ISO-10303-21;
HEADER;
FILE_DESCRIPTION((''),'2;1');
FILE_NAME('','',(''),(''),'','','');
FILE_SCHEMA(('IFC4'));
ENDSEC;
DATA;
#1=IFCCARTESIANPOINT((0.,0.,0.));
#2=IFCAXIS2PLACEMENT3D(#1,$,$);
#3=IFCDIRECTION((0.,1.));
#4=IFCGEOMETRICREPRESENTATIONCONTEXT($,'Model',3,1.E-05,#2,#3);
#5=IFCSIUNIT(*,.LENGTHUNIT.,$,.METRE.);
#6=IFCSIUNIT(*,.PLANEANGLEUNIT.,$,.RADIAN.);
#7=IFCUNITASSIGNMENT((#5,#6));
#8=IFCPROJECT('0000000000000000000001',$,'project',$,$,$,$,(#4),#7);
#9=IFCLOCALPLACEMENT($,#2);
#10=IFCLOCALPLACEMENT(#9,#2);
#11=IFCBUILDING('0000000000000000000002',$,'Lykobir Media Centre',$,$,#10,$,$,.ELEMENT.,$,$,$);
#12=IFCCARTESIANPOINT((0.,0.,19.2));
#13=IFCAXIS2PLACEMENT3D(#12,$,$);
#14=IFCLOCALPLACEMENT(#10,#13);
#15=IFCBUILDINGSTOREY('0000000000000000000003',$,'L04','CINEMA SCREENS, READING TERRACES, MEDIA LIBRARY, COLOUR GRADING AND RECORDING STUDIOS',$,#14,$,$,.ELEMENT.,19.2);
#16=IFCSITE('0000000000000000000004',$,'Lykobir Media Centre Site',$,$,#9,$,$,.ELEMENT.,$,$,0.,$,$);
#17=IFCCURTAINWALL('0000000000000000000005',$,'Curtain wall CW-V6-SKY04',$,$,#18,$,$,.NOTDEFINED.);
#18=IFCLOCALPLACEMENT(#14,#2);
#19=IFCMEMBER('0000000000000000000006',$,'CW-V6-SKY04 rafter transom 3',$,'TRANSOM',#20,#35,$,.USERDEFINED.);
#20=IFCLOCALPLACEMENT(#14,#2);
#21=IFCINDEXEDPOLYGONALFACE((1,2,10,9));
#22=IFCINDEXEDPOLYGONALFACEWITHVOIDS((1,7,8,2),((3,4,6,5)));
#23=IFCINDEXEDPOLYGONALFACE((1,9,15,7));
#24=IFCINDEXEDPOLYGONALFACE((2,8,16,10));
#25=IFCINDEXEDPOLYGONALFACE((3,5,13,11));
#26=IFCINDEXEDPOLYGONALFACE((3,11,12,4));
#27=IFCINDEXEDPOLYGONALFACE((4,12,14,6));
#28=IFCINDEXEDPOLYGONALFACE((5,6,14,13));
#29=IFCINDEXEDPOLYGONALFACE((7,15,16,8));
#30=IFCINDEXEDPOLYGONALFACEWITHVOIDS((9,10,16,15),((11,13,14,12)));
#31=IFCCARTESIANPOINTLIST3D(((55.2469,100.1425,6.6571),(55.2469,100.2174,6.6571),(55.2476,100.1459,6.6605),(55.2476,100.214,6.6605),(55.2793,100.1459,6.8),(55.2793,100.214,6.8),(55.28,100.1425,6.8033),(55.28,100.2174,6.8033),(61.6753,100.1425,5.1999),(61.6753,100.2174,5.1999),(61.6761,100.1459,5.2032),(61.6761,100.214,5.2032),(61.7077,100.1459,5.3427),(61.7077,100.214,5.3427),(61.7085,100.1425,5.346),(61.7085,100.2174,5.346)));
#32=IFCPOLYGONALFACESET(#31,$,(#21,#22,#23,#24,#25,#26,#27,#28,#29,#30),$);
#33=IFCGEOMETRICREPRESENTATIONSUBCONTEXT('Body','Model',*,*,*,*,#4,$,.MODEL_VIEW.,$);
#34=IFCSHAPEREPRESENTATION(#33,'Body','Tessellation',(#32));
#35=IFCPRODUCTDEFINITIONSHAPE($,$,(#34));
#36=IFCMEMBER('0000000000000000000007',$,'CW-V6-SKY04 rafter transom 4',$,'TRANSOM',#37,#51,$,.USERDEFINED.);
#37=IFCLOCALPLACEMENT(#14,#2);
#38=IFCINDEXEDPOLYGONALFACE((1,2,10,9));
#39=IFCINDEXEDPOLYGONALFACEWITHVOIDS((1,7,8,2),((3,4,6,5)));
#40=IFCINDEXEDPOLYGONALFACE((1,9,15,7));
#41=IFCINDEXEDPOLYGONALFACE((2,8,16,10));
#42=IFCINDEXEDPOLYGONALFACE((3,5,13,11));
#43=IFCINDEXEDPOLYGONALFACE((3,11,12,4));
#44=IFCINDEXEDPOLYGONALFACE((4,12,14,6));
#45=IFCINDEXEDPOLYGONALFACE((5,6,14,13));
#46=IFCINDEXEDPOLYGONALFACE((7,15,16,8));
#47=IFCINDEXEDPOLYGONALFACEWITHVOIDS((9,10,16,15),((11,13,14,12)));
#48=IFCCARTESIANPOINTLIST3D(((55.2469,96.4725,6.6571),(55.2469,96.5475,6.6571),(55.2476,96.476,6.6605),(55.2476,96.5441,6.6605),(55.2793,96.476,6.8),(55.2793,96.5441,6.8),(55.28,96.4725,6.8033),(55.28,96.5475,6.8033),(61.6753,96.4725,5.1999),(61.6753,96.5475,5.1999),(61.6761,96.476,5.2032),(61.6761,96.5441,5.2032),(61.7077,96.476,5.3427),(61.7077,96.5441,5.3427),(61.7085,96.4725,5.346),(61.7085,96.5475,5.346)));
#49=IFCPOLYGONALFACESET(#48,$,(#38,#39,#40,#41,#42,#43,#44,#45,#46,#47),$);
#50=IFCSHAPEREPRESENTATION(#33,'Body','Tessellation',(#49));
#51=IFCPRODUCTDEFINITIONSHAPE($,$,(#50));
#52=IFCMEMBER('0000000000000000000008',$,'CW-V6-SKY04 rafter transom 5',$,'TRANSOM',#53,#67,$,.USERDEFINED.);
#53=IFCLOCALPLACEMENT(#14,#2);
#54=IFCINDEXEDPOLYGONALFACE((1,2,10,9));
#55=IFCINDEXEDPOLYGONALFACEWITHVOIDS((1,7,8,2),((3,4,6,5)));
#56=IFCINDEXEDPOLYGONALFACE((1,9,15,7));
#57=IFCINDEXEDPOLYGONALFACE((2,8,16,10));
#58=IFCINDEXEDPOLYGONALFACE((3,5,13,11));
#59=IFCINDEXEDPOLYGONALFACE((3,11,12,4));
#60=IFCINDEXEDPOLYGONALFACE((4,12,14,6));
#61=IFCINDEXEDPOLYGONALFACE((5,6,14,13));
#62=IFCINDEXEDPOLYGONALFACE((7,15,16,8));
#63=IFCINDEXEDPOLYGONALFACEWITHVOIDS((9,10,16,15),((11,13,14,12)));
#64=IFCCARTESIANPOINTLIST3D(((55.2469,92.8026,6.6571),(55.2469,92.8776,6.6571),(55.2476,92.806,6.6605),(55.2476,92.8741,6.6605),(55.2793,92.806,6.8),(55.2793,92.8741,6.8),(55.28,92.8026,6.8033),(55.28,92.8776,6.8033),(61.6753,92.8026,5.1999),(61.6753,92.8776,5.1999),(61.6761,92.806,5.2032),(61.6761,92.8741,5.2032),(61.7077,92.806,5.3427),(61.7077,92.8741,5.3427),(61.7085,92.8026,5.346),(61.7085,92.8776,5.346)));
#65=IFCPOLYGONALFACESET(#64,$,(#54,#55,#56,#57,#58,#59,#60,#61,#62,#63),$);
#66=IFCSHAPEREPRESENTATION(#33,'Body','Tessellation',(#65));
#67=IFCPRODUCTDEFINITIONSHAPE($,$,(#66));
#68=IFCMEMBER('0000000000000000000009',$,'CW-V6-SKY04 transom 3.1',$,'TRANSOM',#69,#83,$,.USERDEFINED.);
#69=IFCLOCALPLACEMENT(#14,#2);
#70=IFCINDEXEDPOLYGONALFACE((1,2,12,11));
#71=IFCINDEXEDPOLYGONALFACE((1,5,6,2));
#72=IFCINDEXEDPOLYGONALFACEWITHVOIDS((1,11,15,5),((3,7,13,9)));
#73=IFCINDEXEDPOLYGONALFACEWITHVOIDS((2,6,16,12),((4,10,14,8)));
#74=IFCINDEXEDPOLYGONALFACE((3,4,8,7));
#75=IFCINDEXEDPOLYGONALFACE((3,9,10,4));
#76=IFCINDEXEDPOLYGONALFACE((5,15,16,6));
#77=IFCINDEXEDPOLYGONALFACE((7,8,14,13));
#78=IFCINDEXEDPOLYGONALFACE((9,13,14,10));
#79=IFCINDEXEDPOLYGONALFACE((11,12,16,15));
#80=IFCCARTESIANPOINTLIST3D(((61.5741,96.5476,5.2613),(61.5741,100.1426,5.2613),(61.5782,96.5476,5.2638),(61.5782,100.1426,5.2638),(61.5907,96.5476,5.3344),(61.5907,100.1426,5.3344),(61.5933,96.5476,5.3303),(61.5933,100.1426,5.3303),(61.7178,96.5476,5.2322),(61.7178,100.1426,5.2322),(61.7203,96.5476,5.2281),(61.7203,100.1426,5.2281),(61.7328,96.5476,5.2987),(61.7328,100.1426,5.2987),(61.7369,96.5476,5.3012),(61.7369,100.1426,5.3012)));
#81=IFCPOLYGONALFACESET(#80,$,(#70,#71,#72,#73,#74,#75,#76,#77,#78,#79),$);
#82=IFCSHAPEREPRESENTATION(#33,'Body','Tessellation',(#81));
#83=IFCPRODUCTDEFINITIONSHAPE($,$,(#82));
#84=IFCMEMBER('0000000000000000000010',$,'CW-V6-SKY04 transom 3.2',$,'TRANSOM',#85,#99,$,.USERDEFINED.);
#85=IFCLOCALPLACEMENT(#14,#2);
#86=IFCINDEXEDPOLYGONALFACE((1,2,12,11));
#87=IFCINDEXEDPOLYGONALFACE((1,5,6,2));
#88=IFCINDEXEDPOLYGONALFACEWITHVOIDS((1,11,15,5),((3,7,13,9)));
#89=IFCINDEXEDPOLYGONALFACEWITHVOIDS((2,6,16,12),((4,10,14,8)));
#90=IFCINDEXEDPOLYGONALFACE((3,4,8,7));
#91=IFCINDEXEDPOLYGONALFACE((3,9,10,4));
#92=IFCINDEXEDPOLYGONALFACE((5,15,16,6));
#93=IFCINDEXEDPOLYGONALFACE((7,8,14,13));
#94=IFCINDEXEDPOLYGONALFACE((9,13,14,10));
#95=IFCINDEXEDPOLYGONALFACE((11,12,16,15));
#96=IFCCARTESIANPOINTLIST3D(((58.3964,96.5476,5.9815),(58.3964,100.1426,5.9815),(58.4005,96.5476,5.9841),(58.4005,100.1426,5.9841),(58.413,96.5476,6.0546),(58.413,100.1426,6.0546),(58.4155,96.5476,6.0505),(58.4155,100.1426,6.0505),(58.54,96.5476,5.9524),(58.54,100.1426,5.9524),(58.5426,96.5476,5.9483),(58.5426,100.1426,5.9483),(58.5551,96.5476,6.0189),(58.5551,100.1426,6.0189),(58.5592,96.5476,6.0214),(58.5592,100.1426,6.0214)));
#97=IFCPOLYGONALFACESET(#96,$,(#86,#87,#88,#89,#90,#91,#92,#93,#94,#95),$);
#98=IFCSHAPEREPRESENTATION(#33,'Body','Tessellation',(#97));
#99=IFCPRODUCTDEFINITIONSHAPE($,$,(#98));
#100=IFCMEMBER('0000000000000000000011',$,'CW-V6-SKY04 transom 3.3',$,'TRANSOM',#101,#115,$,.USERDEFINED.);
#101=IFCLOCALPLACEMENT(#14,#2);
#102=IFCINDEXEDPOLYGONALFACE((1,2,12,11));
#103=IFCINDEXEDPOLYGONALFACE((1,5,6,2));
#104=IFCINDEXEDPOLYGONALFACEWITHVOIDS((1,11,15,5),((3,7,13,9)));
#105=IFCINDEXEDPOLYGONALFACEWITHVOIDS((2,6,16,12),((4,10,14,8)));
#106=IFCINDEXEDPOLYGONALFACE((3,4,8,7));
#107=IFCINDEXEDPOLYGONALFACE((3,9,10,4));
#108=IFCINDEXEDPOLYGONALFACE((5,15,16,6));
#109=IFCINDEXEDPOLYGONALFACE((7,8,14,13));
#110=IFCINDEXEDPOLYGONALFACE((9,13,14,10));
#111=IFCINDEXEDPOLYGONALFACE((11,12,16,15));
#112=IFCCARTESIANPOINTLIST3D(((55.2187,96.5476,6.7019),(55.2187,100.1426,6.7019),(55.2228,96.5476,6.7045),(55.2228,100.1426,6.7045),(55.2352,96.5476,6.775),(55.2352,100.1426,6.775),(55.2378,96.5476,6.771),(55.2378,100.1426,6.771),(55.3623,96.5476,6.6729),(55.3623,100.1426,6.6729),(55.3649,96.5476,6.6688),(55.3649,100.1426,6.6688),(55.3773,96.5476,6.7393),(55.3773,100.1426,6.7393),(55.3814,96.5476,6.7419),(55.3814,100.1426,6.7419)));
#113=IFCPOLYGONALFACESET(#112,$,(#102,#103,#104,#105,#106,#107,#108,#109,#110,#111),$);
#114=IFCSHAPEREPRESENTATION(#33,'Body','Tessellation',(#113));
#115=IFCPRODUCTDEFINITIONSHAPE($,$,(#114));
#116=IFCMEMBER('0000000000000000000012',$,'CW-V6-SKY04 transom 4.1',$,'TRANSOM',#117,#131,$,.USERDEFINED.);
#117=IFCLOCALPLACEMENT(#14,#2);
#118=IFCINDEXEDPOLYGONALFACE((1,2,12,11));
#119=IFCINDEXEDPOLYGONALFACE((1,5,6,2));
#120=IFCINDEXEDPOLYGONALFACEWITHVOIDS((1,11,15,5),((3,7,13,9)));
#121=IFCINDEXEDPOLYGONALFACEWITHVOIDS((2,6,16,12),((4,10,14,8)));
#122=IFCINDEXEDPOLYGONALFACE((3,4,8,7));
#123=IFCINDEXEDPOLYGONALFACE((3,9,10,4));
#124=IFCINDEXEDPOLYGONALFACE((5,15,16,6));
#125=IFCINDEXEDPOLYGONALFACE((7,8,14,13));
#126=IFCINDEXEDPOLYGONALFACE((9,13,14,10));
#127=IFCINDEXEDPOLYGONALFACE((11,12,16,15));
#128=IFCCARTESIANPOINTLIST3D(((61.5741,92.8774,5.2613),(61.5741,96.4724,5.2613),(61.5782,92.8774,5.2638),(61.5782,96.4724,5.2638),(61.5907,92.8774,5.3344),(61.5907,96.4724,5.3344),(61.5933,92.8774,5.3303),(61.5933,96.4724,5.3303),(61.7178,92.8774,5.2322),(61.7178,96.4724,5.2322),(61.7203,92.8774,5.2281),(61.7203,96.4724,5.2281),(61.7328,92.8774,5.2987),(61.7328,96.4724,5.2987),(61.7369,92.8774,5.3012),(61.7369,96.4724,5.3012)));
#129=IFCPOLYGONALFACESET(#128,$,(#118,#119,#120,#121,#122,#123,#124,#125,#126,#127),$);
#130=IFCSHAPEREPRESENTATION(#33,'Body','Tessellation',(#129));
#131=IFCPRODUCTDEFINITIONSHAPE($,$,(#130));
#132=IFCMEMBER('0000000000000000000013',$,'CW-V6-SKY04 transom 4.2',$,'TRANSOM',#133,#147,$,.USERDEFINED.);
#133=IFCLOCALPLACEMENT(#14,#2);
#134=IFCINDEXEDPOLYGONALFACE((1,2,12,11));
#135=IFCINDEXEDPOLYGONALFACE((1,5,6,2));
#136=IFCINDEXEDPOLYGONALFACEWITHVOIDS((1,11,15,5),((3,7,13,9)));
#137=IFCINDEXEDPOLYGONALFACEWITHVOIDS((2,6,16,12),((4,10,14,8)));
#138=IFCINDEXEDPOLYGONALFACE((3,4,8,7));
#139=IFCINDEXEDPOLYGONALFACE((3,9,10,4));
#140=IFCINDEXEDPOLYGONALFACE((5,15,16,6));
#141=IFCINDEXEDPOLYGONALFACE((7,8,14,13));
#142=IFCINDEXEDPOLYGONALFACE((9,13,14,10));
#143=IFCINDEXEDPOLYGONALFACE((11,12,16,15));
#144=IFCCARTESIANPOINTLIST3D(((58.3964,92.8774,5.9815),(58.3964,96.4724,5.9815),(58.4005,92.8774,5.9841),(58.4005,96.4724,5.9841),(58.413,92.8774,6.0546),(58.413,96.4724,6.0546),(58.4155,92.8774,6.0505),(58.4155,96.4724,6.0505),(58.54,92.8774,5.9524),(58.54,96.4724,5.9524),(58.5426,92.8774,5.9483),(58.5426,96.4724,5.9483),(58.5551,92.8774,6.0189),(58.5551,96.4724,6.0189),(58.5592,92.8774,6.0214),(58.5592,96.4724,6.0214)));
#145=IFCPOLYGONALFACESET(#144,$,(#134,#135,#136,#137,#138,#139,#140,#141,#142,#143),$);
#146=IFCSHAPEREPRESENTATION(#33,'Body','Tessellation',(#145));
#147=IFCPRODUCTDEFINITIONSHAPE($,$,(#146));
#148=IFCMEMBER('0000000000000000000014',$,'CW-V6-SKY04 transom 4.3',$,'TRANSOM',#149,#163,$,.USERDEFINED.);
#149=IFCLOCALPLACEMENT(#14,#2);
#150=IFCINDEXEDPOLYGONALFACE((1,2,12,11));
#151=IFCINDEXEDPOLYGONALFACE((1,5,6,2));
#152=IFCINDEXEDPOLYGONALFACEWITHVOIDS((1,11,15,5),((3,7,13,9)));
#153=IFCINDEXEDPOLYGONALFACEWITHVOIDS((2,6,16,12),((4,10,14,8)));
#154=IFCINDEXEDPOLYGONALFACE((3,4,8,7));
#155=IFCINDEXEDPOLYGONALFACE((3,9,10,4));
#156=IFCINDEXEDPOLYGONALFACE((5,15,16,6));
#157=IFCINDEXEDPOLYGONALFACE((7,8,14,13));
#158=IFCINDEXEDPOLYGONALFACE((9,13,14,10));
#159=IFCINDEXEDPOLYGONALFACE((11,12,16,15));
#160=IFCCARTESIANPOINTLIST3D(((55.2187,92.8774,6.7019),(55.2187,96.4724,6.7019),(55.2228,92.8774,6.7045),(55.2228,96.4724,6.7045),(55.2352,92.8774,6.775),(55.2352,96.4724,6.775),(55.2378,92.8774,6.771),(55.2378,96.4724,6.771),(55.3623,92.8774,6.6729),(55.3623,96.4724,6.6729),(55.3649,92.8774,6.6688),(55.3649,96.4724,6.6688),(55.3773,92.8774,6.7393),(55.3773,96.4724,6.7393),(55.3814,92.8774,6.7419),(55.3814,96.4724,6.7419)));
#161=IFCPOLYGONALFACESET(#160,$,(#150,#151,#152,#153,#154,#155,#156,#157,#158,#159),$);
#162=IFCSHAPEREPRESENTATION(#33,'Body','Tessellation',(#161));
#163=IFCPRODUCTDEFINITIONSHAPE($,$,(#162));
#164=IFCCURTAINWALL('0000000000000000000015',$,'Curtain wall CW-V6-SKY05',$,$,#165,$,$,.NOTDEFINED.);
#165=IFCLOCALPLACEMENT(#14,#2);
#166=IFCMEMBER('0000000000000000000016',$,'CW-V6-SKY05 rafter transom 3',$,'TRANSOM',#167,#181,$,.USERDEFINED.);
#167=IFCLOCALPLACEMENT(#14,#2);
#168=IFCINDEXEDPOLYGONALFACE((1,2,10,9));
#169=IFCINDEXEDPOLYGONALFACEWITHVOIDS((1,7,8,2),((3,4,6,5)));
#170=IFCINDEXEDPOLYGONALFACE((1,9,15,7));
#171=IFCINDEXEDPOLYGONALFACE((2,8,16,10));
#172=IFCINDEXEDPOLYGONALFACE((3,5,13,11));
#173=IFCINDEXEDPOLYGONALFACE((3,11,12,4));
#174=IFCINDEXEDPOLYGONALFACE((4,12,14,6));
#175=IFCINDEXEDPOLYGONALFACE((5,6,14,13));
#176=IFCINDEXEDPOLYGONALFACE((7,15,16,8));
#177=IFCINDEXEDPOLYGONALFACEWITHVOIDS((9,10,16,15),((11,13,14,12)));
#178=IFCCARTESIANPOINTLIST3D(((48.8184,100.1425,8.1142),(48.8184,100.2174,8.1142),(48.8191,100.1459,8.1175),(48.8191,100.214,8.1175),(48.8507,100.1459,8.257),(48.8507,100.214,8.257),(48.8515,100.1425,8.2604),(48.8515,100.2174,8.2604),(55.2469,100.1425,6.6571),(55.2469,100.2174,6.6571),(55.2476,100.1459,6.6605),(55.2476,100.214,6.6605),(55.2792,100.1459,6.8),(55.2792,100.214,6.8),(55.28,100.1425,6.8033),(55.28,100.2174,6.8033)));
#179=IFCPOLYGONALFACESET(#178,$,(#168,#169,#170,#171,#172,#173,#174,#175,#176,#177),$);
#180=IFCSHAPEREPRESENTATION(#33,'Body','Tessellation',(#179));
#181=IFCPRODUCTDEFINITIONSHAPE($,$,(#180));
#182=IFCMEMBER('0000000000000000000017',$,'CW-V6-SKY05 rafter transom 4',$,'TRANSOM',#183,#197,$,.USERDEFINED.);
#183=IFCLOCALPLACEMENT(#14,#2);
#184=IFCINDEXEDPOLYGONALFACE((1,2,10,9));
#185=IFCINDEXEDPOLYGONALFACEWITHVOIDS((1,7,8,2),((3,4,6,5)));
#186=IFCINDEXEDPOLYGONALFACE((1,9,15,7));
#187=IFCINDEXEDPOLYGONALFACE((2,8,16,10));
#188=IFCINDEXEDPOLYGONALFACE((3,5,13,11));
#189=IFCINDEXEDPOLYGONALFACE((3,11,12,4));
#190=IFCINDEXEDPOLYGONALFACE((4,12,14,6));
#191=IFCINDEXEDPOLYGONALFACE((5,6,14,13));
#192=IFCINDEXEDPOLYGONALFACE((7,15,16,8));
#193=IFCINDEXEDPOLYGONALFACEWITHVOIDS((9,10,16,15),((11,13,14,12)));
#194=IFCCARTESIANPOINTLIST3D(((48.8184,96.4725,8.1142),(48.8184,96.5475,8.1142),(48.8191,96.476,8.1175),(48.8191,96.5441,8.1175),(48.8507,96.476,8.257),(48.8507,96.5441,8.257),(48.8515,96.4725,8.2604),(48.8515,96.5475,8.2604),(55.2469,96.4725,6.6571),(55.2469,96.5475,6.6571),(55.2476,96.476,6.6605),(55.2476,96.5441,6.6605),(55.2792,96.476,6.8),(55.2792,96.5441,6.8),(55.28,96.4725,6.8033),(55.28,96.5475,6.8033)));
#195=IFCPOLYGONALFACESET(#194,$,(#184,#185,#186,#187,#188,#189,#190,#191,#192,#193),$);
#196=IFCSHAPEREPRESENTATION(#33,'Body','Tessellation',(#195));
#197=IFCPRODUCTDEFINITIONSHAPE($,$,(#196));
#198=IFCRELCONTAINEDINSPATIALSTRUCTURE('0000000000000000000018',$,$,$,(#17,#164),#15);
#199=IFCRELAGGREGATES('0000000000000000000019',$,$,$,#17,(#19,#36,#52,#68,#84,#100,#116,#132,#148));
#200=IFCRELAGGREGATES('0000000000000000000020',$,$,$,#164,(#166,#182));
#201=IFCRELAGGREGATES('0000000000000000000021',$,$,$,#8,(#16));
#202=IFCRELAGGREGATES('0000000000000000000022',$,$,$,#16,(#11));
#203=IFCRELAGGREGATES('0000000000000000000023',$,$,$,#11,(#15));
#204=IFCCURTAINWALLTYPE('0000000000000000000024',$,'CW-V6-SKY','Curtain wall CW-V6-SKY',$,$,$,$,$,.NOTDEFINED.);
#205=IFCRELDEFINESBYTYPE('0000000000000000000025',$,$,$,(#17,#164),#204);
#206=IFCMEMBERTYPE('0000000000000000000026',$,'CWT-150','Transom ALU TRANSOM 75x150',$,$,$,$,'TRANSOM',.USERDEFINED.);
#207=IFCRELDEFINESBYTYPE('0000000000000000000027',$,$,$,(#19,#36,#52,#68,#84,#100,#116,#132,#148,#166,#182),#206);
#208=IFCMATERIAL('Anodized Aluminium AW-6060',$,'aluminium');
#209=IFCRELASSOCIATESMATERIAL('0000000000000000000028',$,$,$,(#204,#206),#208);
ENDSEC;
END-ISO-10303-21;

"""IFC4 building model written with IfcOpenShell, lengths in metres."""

from ifc_helpers import new_model, si_unit, direction, frame, origin, origin_2d, place, context, subcontext, project, spatial, hollow_rectangle, extrude, material, material_profile, profile_set, type_object, element, aggregate, save


model = new_model("IFC4")

# Units and contexts
model_context = context("Model", 3, precision=1e-05, world=origin(), true_north=direction((0.0, 1.0)))
body_context = subcontext(model_context, "Body", "Model", "MODEL_VIEW")
ifc_project = project(units=[si_unit("LENGTHUNIT", "METRE"), si_unit("PLANEANGLEUNIT", "RADIAN")], contexts=[model_context])

# Site, building, storey
site_placement = place(None, origin())
site = spatial("IfcSite", under=ifc_project, at=site_placement, Name="Lykobir Media Centre Site", CompositionType="ELEMENT", RefElevation=0.0)
building_placement = place(site_placement, origin())
building = spatial("IfcBuilding", under=site, at=building_placement, Name="Lykobir Media Centre", CompositionType="ELEMENT")
storey_placement = place(building_placement, frame((0.0, 0.0, 19.2)))
storey = spatial("IfcBuildingStorey", under=building, at=storey_placement, Name="L04", Description="CINEMA SCREENS, READING TERRACES, MEDIA LIBRARY, COLOUR GRADING AND RECORDING STUDIOS", CompositionType="ELEMENT", Elevation=19.2)

# Curtain walls, members
ifc_material_1 = material(Name="Anodized Aluminium AW-6060", Category="aluminium")
curtain_wall_type = type_object("IfcCurtainWallType", Name="CW-V6-SKY", Description="Curtain wall CW-V6-SKY", PredefinedType="NOTDEFINED", material=ifc_material_1)
ifc_material_profile_1 = material_profile(ifc_material_1, hollow_rectangle(XDim=0.075, YDim=0.1499, WallThickness=0.0034, at=origin_2d()), Name="ALU TRANSOM 75x150")
ifc_profile_set_1 = profile_set([ifc_material_profile_1], Name="Anodized Aluminium AW-6060")
member_type_1 = type_object("IfcMemberType", Name="CWT-150", Description="Transom ALU TRANSOM 75x150", ElementType="TRANSOM", PredefinedType="USERDEFINED", material=ifc_profile_set_1)
curtain_wall_1_placement = place(storey_placement, origin())
curtain_wall_1 = element("IfcCurtainWall", 1, at=curtain_wall_1_placement, inside=storey, type_object=curtain_wall_type, Name="Curtain wall CW-V6-SKY04", PredefinedType="NOTDEFINED")
member_1_placement = place(storey_placement, frame((61.6919, 100.1799, 5.2729), z_axis=(-0.975255, 0.0, 0.221082), x_axis=(0.0, -1.0, 0.0)))
member_1 = element("IfcMember", 2, at=member_1_placement, type_object=member_type_1, Name="CW-V6-SKY04 rafter transom 3", ObjectType="TRANSOM", PredefinedType="USERDEFINED", context=body_context, shape_type="SweptSolid", body=[
    extrude(hollow_rectangle(XDim=0.075, YDim=0.1499, WallThickness=0.0034, at=origin_2d()), origin(), (0.0, 0.0, 1.0), 6.5916),
])
member_2_placement = place(storey_placement, frame((61.6919, 96.51, 5.2729), z_axis=(-0.975255, 0.0, 0.221082), x_axis=(0.0, -1.0, 0.0)))
member_2 = element("IfcMember", 3, at=member_2_placement, type_object=member_type_1, Name="CW-V6-SKY04 rafter transom 4", ObjectType="TRANSOM", PredefinedType="USERDEFINED", context=body_context, shape_type="SweptSolid", body=[
    extrude(hollow_rectangle(XDim=0.075, YDim=0.1499, WallThickness=0.0034, at=origin_2d()), origin(), (0.0, 0.0, 1.0), 6.5916),
])
member_3_placement = place(storey_placement, frame((61.6919, 92.8401, 5.2729), z_axis=(-0.975255, 0.0, 0.221082), x_axis=(0.0, -1.0, 0.0)))
member_3 = element("IfcMember", 4, at=member_3_placement, type_object=member_type_1, Name="CW-V6-SKY04 rafter transom 5", ObjectType="TRANSOM", PredefinedType="USERDEFINED", context=body_context, shape_type="SweptSolid", body=[
    extrude(hollow_rectangle(XDim=0.075, YDim=0.1499, WallThickness=0.0034, at=origin_2d()), origin(), (0.0, 0.0, 1.0), 6.5916),
])
member_4_placement = place(storey_placement, frame((61.6555, 100.1426, 5.2812), z_axis=(0.0, -1.0, 0.0), x_axis=(0.221072, 0.0, 0.975258)))
member_4 = element("IfcMember", 5, at=member_4_placement, type_object=member_type_1, Name="CW-V6-SKY04 transom 3.1", ObjectType="TRANSOM", PredefinedType="USERDEFINED", context=body_context, shape_type="SweptSolid", body=[
    extrude(hollow_rectangle(XDim=0.075, YDim=0.1499, WallThickness=0.0034, at=origin_2d()), origin(), (0.0, 0.0, 1.0), 3.595),
])
member_5_placement = place(storey_placement, frame((58.4778, 100.1426, 6.0015), z_axis=(0.0, -1.0, 0.0), x_axis=(0.221072, 0.0, 0.975258)))
member_5 = element("IfcMember", 6, at=member_5_placement, type_object=member_type_1, Name="CW-V6-SKY04 transom 3.2", ObjectType="TRANSOM", PredefinedType="USERDEFINED", context=body_context, shape_type="SweptSolid", body=[
    extrude(hollow_rectangle(XDim=0.075, YDim=0.1499, WallThickness=0.0034, at=origin_2d()), origin(), (0.0, 0.0, 1.0), 3.595),
])
member_6_placement = place(storey_placement, frame((55.3, 100.1426, 6.7219), z_axis=(0.0, -1.0, 0.0), x_axis=(0.221072, 0.0, 0.975258)))
member_6 = element("IfcMember", 7, at=member_6_placement, type_object=member_type_1, Name="CW-V6-SKY04 transom 3.3", ObjectType="TRANSOM", PredefinedType="USERDEFINED", context=body_context, shape_type="SweptSolid", body=[
    extrude(hollow_rectangle(XDim=0.075, YDim=0.1499, WallThickness=0.0034, at=origin_2d()), origin(), (0.0, 0.0, 1.0), 3.595),
])
member_7_placement = place(storey_placement, frame((61.6555, 96.4724, 5.2812), z_axis=(0.0, -1.0, 0.0), x_axis=(0.221072, 0.0, 0.975258)))
member_7 = element("IfcMember", 8, at=member_7_placement, type_object=member_type_1, Name="CW-V6-SKY04 transom 4.1", ObjectType="TRANSOM", PredefinedType="USERDEFINED", context=body_context, shape_type="SweptSolid", body=[
    extrude(hollow_rectangle(XDim=0.075, YDim=0.1499, WallThickness=0.0034, at=origin_2d()), origin(), (0.0, 0.0, 1.0), 3.595),
])
member_8_placement = place(storey_placement, frame((58.4778, 96.4724, 6.0015), z_axis=(0.0, -1.0, 0.0), x_axis=(0.221072, 0.0, 0.975258)))
member_8 = element("IfcMember", 9, at=member_8_placement, type_object=member_type_1, Name="CW-V6-SKY04 transom 4.2", ObjectType="TRANSOM", PredefinedType="USERDEFINED", context=body_context, shape_type="SweptSolid", body=[
    extrude(hollow_rectangle(XDim=0.075, YDim=0.1499, WallThickness=0.0034, at=origin_2d()), origin(), (0.0, 0.0, 1.0), 3.595),
])
member_9_placement = place(storey_placement, frame((55.3, 96.4724, 6.7219), z_axis=(0.0, -1.0, 0.0), x_axis=(0.221072, 0.0, 0.975258)))
member_9 = element("IfcMember", 10, at=member_9_placement, type_object=member_type_1, Name="CW-V6-SKY04 transom 4.3", ObjectType="TRANSOM", PredefinedType="USERDEFINED", context=body_context, shape_type="SweptSolid", body=[
    extrude(hollow_rectangle(XDim=0.075, YDim=0.1499, WallThickness=0.0034, at=origin_2d()), origin(), (0.0, 0.0, 1.0), 3.595),
])
curtain_wall_2_placement = place(storey_placement, origin())
curtain_wall_2 = element("IfcCurtainWall", 11, at=curtain_wall_2_placement, inside=storey, type_object=curtain_wall_type, Name="Curtain wall CW-V6-SKY05", PredefinedType="NOTDEFINED")
member_10_placement = place(storey_placement, frame((55.2634, 100.1799, 6.7302), z_axis=(-0.975263, 0.0, 0.221046), x_axis=(0.0, -1.0, 0.0)))
member_10 = element("IfcMember", 12, at=member_10_placement, type_object=member_type_1, Name="CW-V6-SKY05 rafter transom 3", ObjectType="TRANSOM", PredefinedType="USERDEFINED", context=body_context, shape_type="SweptSolid", body=[
    extrude(hollow_rectangle(XDim=0.075, YDim=0.1499, WallThickness=0.0034, at=origin_2d()), origin(), (0.0, 0.0, 1.0), 6.5916),
])
member_11_placement = place(storey_placement, frame((55.2634, 96.51, 6.7302), z_axis=(-0.975263, 0.0, 0.221046), x_axis=(0.0, -1.0, 0.0)))
member_11 = element("IfcMember", 13, at=member_11_placement, type_object=member_type_1, Name="CW-V6-SKY05 rafter transom 4", ObjectType="TRANSOM", PredefinedType="USERDEFINED", context=body_context, shape_type="SweptSolid", body=[
    extrude(hollow_rectangle(XDim=0.075, YDim=0.1499, WallThickness=0.0034, at=origin_2d()), origin(), (0.0, 0.0, 1.0), 6.5916),
])

aggregate(curtain_wall_1, [member_1, member_2, member_3, member_4, member_5, member_6, member_7, member_8, member_9])
aggregate(curtain_wall_2, [member_10, member_11])

save(model, "model.ifc")
